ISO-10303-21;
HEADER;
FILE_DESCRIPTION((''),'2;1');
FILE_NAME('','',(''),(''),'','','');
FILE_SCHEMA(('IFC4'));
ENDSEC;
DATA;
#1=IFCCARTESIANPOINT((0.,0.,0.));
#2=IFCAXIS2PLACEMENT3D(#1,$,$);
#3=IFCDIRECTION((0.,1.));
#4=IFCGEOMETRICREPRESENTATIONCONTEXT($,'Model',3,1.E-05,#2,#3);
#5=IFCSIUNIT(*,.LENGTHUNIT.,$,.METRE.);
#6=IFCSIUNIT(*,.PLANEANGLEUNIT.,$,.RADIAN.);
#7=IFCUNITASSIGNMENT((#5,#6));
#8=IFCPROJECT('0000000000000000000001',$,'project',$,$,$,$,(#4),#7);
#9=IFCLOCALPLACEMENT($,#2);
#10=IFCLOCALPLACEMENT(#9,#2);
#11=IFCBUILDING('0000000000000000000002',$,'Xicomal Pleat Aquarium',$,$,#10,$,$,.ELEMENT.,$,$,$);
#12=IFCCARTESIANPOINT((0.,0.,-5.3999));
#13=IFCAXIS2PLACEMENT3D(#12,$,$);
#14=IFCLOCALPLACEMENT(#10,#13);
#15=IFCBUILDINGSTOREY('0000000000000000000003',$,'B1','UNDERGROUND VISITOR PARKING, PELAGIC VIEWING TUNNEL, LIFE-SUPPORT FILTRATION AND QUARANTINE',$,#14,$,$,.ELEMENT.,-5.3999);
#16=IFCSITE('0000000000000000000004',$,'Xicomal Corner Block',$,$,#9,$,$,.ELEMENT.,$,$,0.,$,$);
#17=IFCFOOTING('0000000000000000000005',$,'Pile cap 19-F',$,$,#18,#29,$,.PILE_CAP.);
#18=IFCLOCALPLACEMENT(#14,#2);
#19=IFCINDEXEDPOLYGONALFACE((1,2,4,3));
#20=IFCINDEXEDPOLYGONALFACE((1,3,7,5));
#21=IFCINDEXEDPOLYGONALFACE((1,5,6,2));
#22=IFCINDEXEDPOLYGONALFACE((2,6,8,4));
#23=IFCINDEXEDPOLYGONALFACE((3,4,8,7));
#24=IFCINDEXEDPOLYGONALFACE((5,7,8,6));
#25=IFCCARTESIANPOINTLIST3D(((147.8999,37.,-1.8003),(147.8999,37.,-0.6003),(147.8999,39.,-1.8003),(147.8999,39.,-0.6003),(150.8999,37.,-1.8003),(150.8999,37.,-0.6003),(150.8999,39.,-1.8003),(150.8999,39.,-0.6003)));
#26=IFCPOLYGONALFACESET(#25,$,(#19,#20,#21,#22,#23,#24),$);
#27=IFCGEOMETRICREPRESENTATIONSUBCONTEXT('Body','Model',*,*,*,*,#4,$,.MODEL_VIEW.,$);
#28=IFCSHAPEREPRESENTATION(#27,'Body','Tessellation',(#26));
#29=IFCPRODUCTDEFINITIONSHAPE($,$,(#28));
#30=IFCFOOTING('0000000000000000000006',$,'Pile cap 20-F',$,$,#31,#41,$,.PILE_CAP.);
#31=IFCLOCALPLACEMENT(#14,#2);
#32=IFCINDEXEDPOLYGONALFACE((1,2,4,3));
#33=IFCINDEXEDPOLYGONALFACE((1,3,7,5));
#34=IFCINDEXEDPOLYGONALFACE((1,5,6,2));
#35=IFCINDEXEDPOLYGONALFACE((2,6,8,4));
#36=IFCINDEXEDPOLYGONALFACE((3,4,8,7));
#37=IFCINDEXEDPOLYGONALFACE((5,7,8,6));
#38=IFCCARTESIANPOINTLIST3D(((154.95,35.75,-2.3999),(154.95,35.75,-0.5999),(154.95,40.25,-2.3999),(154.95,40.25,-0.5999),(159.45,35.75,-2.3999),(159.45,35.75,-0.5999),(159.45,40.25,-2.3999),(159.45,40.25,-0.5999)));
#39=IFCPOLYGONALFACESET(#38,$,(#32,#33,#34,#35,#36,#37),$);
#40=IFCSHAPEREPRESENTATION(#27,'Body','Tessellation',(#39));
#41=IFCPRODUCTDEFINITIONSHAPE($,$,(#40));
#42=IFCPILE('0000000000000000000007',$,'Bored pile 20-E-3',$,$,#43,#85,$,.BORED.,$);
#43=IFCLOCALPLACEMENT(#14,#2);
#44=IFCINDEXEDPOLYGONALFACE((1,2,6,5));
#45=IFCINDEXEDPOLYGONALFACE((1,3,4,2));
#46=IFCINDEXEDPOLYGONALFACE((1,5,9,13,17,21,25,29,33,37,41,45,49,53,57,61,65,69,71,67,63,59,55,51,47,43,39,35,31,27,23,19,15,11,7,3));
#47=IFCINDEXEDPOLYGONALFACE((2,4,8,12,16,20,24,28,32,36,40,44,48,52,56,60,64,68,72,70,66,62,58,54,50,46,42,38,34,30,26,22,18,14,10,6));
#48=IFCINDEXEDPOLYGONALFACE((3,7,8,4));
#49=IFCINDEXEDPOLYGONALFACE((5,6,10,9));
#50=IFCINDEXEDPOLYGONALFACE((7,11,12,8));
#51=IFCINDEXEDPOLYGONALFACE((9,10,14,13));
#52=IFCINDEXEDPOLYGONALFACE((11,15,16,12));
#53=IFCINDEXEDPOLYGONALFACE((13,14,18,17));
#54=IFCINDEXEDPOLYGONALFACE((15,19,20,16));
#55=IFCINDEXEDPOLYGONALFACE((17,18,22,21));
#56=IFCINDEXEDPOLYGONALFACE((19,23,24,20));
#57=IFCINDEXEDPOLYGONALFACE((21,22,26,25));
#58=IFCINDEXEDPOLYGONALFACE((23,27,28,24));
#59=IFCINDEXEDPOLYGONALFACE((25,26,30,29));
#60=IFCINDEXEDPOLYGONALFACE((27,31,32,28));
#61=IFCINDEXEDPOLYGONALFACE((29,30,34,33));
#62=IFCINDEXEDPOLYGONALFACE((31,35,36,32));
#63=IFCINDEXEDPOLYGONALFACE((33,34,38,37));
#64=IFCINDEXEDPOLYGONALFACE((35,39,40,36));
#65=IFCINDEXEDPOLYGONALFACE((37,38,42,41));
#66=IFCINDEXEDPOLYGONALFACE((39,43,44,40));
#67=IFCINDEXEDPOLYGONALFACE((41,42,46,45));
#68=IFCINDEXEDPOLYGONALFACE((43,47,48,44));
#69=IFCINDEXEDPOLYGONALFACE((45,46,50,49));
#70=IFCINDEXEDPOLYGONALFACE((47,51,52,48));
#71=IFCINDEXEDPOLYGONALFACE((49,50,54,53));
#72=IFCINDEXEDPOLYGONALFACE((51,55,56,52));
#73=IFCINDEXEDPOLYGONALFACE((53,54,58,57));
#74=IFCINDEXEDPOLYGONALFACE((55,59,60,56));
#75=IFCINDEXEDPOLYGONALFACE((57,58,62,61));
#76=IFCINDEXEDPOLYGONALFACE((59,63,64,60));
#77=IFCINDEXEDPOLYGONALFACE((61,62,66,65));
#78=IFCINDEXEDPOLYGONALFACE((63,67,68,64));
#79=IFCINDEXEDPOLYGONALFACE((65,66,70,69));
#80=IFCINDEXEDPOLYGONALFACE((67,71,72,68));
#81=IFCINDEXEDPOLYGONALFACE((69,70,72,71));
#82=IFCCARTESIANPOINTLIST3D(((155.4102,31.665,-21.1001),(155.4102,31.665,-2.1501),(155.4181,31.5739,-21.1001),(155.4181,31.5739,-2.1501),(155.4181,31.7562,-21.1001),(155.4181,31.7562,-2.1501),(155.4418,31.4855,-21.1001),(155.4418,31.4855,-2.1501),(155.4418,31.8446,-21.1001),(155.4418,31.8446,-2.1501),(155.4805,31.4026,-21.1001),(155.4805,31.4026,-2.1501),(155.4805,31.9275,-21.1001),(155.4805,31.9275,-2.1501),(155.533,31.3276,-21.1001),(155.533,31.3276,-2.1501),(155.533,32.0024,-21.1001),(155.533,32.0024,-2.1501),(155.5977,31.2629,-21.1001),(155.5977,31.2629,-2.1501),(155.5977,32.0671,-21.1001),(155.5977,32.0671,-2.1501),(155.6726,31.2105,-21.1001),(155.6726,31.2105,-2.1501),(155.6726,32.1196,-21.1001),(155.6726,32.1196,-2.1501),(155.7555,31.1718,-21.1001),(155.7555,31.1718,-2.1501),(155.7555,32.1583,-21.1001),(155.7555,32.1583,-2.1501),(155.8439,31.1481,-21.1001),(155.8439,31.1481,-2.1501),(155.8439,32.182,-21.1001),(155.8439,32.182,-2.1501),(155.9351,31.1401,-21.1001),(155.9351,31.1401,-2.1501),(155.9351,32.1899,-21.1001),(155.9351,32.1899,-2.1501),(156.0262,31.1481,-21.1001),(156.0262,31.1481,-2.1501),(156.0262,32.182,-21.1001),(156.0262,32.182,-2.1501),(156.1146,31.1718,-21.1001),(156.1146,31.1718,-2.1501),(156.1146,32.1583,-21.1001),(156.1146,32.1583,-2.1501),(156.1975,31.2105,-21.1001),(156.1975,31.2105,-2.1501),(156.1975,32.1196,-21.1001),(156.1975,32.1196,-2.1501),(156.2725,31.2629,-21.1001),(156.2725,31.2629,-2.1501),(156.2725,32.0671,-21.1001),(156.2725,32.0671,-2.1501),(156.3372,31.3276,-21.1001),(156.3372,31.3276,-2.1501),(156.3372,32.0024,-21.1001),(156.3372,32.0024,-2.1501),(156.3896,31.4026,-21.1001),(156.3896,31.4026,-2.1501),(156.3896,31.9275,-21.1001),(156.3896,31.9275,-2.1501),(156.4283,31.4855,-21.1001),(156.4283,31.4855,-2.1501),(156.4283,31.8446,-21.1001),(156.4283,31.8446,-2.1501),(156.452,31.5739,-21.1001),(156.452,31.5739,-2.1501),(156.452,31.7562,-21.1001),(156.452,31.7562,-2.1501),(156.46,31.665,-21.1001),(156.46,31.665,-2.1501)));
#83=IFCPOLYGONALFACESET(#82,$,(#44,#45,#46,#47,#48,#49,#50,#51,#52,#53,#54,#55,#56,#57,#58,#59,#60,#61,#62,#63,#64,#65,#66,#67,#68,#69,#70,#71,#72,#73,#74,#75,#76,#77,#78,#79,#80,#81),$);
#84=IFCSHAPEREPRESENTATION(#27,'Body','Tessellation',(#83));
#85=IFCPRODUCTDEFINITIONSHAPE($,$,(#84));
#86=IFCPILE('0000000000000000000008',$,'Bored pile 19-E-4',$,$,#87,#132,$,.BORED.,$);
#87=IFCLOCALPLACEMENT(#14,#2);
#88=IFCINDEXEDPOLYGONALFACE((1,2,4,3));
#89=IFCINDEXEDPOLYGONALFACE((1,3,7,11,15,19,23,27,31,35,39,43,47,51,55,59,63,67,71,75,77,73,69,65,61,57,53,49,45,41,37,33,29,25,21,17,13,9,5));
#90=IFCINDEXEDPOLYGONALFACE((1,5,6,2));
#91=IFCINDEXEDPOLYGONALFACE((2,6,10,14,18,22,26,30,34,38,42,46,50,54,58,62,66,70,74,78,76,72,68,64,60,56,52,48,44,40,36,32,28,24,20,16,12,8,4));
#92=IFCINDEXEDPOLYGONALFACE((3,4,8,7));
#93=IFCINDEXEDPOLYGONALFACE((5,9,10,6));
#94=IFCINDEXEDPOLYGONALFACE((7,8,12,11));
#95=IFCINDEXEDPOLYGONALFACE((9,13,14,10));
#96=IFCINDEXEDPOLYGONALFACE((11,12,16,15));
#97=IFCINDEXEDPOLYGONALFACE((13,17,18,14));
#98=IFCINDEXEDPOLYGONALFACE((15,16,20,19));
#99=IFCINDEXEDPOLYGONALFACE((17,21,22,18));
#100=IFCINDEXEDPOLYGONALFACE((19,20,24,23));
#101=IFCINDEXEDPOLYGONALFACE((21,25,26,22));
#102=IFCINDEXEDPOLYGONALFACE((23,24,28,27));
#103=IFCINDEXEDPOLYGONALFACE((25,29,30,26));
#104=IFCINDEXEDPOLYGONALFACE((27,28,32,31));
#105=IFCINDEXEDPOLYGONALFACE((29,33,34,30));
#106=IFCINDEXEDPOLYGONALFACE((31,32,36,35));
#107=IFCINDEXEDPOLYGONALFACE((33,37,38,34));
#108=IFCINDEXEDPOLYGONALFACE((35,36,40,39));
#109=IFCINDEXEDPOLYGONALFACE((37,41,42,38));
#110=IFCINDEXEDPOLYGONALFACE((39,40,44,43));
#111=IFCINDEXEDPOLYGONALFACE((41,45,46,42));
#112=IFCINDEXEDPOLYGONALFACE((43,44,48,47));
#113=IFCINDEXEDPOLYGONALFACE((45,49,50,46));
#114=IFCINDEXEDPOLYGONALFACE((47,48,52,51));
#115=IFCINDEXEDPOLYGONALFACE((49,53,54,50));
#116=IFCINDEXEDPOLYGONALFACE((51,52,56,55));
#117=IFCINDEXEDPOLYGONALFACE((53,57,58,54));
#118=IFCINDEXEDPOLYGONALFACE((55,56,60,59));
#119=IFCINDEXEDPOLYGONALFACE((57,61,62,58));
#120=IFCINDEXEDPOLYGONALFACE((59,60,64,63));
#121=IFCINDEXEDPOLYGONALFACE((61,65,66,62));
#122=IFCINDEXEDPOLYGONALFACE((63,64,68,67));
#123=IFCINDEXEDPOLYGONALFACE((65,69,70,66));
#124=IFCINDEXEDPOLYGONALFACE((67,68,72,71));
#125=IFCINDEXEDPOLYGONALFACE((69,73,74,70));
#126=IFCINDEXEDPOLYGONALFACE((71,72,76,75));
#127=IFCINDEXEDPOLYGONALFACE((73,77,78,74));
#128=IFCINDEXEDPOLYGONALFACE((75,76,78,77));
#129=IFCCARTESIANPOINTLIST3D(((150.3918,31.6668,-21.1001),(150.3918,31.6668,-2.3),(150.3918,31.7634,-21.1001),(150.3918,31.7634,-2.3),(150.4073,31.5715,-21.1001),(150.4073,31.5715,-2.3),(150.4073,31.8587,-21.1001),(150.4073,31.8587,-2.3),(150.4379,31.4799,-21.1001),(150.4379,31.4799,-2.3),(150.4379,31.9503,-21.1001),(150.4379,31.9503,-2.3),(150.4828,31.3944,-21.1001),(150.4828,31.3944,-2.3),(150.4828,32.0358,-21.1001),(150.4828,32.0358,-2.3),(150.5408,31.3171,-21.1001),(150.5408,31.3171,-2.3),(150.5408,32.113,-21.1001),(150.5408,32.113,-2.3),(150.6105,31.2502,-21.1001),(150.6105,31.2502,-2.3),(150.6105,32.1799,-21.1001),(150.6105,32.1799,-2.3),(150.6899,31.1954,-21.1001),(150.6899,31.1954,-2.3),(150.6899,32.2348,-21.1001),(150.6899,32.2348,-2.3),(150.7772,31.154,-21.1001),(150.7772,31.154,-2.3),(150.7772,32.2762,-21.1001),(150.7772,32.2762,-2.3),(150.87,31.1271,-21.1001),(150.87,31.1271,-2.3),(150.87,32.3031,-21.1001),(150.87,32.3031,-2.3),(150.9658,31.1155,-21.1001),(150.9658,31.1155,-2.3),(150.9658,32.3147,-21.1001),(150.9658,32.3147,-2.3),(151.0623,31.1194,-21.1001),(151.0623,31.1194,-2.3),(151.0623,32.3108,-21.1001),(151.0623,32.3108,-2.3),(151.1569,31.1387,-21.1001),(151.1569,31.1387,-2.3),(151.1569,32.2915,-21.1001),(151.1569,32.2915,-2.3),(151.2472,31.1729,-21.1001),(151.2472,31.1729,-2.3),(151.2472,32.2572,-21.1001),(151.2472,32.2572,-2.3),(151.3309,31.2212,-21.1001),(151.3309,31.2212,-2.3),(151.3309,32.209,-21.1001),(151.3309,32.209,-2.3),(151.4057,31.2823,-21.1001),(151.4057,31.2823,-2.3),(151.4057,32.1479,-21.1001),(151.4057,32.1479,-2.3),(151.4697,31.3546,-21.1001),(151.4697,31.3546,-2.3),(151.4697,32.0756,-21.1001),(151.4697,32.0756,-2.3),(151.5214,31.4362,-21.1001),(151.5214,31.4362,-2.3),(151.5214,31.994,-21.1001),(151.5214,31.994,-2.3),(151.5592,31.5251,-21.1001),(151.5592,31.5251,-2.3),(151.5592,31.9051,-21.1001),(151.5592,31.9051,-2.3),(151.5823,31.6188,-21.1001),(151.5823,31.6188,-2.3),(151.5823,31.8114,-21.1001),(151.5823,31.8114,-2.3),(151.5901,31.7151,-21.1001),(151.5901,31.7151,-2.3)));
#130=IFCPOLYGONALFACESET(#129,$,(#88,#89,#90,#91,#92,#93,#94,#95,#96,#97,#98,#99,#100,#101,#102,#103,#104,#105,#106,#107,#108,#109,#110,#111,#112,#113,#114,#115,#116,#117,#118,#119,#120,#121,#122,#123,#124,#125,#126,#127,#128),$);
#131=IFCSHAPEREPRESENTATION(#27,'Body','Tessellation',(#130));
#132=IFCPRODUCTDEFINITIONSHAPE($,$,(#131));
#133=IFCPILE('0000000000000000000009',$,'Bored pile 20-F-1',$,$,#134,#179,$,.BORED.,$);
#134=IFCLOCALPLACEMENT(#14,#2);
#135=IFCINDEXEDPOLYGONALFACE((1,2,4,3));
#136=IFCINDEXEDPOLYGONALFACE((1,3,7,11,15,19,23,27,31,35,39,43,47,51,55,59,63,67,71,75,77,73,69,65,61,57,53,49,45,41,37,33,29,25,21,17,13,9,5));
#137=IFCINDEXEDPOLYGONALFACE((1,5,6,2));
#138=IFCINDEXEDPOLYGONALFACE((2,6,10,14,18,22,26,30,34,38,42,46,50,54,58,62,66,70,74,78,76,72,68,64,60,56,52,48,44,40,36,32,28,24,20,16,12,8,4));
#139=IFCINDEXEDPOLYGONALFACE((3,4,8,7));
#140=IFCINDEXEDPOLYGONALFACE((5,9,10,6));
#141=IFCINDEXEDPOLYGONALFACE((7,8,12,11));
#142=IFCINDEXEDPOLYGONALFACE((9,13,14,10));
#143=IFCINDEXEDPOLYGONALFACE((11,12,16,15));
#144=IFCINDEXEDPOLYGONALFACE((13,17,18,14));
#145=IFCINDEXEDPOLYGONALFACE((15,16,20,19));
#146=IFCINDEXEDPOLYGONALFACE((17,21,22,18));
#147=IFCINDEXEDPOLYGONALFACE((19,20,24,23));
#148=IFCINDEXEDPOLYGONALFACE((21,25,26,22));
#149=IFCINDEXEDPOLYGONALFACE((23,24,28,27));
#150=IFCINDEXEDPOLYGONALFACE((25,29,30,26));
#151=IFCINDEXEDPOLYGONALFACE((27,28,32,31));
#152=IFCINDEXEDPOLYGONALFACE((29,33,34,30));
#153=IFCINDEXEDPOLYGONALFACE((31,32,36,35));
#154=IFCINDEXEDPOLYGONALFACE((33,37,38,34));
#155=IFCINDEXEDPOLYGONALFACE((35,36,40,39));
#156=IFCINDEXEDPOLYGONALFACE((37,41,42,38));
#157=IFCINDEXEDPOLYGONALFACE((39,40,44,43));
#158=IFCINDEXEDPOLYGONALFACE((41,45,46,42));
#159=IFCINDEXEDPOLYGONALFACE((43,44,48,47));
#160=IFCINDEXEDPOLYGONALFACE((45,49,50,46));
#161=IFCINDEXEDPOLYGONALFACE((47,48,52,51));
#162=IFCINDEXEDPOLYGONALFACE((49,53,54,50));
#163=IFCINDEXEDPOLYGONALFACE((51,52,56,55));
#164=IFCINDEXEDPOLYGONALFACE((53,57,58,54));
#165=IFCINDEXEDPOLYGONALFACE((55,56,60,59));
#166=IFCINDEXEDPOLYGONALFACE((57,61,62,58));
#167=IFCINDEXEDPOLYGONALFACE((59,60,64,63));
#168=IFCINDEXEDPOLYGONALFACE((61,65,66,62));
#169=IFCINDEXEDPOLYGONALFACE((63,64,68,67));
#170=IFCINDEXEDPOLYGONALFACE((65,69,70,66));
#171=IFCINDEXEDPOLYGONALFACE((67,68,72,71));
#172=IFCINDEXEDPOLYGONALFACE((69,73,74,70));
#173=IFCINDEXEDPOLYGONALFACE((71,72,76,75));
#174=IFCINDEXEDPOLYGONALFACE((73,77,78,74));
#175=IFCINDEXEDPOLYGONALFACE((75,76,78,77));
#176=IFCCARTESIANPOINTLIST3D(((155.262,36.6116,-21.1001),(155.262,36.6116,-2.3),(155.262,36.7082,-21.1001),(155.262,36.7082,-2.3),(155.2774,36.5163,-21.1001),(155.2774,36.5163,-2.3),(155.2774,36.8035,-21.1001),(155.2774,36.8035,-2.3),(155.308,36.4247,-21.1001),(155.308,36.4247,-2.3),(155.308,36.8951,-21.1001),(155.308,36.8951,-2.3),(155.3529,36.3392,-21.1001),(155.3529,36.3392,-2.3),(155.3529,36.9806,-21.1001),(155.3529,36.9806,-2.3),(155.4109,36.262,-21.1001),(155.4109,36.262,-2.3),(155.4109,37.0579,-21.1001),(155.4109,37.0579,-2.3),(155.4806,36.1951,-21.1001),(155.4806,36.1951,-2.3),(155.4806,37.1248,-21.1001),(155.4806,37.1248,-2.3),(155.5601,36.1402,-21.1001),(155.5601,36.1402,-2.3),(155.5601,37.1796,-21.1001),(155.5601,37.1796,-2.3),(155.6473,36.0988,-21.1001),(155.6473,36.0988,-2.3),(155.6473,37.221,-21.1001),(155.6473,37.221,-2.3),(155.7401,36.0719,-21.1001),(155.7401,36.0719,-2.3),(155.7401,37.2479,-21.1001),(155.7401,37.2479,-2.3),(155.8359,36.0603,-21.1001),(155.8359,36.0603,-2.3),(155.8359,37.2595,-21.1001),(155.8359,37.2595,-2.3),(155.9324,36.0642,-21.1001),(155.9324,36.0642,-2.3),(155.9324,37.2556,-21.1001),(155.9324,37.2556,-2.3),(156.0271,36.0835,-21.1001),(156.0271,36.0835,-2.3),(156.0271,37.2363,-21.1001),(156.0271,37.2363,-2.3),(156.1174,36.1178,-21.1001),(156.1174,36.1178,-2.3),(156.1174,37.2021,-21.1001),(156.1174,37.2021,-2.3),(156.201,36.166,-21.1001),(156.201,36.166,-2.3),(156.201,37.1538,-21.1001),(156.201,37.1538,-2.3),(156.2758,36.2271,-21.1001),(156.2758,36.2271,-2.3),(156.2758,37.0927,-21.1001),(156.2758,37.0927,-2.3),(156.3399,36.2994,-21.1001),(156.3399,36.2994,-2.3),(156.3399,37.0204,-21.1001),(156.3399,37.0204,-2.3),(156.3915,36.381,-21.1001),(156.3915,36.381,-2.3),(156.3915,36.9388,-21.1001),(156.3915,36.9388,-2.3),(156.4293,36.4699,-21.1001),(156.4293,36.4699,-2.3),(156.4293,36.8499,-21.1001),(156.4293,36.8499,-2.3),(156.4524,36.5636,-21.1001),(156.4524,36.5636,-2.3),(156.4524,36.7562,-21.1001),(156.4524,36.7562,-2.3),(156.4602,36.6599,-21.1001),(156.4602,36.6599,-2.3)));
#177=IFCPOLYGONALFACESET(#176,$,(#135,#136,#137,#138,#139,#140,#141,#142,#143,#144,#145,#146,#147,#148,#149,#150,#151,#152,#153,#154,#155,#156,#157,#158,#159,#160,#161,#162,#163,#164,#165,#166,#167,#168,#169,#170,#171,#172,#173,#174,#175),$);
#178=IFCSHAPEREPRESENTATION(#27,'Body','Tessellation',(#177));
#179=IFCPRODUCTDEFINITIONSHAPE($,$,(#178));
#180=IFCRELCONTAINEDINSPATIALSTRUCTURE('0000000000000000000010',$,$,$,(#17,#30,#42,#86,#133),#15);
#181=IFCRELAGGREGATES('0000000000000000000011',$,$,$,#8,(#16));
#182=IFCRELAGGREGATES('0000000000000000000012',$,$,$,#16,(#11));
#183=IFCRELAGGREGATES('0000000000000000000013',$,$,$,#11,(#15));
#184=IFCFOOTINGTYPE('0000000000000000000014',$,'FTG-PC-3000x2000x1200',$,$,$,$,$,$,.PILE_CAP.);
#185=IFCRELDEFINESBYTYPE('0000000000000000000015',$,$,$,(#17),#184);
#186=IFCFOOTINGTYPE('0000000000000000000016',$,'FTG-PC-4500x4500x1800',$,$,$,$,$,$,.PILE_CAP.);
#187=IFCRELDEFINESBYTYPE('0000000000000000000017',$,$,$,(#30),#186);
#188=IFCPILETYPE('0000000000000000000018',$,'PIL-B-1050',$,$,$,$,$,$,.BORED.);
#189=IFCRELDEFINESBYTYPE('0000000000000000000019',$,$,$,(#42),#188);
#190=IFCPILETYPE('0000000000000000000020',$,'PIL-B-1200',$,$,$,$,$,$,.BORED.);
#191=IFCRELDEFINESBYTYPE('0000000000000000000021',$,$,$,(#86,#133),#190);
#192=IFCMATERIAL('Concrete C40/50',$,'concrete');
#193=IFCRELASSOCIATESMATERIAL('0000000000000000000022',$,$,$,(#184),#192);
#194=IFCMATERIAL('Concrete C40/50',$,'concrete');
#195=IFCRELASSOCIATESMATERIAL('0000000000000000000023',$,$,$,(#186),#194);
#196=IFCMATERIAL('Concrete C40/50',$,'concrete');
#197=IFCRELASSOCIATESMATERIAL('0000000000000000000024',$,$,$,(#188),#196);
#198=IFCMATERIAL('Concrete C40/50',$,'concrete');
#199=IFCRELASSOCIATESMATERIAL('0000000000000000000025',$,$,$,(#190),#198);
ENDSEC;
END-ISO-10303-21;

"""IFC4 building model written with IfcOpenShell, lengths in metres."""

from ifc_helpers import new_model, si_unit, direction, frame, origin, origin_2d, place, context, subcontext, project, spatial, rectangle, circle, extrude, material, material_profile, profile_set, type_object, element, save


model = new_model("IFC4")

# Units and contexts
model_context = context("Model", 3, precision=1e-05, world=origin(), true_north=direction((0.0, 1.0)))
body_context = subcontext(model_context, "Body", "Model", "MODEL_VIEW")
ifc_project = project(units=[si_unit("LENGTHUNIT", "METRE"), si_unit("PLANEANGLEUNIT", "RADIAN")], contexts=[model_context])

# Site, building, storey
site_placement = place(None, origin())
site = spatial("IfcSite", under=ifc_project, at=site_placement, Name="Xicomal Corner Block", CompositionType="ELEMENT", RefElevation=0.0)
building_placement = place(site_placement, origin())
building = spatial("IfcBuilding", under=site, at=building_placement, Name="Xicomal Pleat Aquarium", CompositionType="ELEMENT")
storey_placement = place(building_placement, frame((0.0, 0.0, -5.3999)))
storey = spatial("IfcBuildingStorey", under=building, at=storey_placement, Name="B1", Description="UNDERGROUND VISITOR PARKING, PELAGIC VIEWING TUNNEL, LIFE-SUPPORT FILTRATION AND QUARANTINE", CompositionType="ELEMENT", Elevation=-5.3999)

# Footings
ifc_material_1 = material(Name="Concrete C40/50", Category="concrete")
footing_type_1 = type_object("IfcFootingType", Name="FTG-PC-3000x2000x1200", PredefinedType="PILE_CAP", material=ifc_material_1)
footing_1_placement = place(storey_placement, frame((149.3999, 38.0, -1.8003), z_axis=(0.0, 0.0, 1.0), x_axis=(1.0, 0.0, 0.0)))
element("IfcFooting", 1, at=footing_1_placement, inside=storey, type_object=footing_type_1, Name="Pile cap 19-F", PredefinedType="PILE_CAP", context=body_context, shape_type="SweptSolid", body=[
    extrude(rectangle(XDim=3.0, YDim=2.0, at=origin_2d()), origin(), (0.0, 0.0, 1.0), 1.2),
])
ifc_material_2 = material(Name="Concrete C40/50", Category="concrete")
footing_type_2 = type_object("IfcFootingType", Name="FTG-PC-4500x4500x1800", PredefinedType="PILE_CAP", material=ifc_material_2)
footing_2_placement = place(storey_placement, frame((157.2, 38.0, -2.3999), z_axis=(0.0, 0.0, 1.0), x_axis=(1.0, 0.0, 0.0)))
element("IfcFooting", 2, at=footing_2_placement, inside=storey, type_object=footing_type_2, Name="Pile cap 20-F", PredefinedType="PILE_CAP", context=body_context, shape_type="SweptSolid", body=[
    extrude(rectangle(XDim=4.5, YDim=4.5, at=origin_2d()), origin(), (0.0, 0.0, 1.0), 1.8),
])

# Piles
ifc_material_3 = material(Name="Concrete C40/50", Category="concrete")
ifc_material_profile_1 = material_profile(ifc_material_3, circle(Radius=0.5249, at=origin_2d()), Name="BORED PILE D1050")
ifc_profile_set_1 = profile_set([ifc_material_profile_1], Name="Concrete C40/50")
pile_type_1 = type_object("IfcPileType", Name="PIL-B-1050", PredefinedType="BORED", material=ifc_profile_set_1)
pile_placement = place(storey_placement, frame((155.9351, 31.665, -2.1501), z_axis=(0.0, 0.0, -1.0), x_axis=(1.0, 0.0, 0.0)))
element("IfcPile", 3, at=pile_placement, inside=storey, type_object=pile_type_1, Name="Bored pile 20-E-3", PredefinedType="BORED", context=body_context, shape_type="SweptSolid", body=[
    extrude(circle(Radius=0.5249, at=origin_2d()), origin(), (0.0, 0.0, 1.0), 18.95),
])
ifc_material_4 = material(Name="Concrete C40/50", Category="concrete")
ifc_material_profile_2 = material_profile(ifc_material_4, circle(Radius=0.6001, at=origin_2d()), Name="BORED PILE D1200")
ifc_profile_set_2 = profile_set([ifc_material_profile_2], Name="Concrete C40/50")
pile_type_2 = type_object("IfcPileType", Name="PIL-B-1200", PredefinedType="BORED", material=ifc_profile_set_2)
for number, where, z_axis, x_axis, name in (
    (4, (150.99, 31.7151, -2.3), (0.0, 0.0, -1.0), (1.0, 0.0, 0.0), "Bored pile 19-E-4"),
    (5, (155.8601, 36.6599, -2.3), (0.0, 0.0, -1.0), (1.0, 0.0, 0.0), "Bored pile 20-F-1"),
):
    element("IfcPile", number, at=place(storey_placement, frame(where, z_axis=z_axis, x_axis=x_axis)), inside=storey, type_object=pile_type_2, Name=name, PredefinedType="BORED", context=body_context, shape_type="SweptSolid", body=[
        extrude(circle(Radius=0.6001, at=origin_2d()), origin(), (0.0, 0.0, 1.0), 18.8),
    ])

save(model, "model.ifc")
